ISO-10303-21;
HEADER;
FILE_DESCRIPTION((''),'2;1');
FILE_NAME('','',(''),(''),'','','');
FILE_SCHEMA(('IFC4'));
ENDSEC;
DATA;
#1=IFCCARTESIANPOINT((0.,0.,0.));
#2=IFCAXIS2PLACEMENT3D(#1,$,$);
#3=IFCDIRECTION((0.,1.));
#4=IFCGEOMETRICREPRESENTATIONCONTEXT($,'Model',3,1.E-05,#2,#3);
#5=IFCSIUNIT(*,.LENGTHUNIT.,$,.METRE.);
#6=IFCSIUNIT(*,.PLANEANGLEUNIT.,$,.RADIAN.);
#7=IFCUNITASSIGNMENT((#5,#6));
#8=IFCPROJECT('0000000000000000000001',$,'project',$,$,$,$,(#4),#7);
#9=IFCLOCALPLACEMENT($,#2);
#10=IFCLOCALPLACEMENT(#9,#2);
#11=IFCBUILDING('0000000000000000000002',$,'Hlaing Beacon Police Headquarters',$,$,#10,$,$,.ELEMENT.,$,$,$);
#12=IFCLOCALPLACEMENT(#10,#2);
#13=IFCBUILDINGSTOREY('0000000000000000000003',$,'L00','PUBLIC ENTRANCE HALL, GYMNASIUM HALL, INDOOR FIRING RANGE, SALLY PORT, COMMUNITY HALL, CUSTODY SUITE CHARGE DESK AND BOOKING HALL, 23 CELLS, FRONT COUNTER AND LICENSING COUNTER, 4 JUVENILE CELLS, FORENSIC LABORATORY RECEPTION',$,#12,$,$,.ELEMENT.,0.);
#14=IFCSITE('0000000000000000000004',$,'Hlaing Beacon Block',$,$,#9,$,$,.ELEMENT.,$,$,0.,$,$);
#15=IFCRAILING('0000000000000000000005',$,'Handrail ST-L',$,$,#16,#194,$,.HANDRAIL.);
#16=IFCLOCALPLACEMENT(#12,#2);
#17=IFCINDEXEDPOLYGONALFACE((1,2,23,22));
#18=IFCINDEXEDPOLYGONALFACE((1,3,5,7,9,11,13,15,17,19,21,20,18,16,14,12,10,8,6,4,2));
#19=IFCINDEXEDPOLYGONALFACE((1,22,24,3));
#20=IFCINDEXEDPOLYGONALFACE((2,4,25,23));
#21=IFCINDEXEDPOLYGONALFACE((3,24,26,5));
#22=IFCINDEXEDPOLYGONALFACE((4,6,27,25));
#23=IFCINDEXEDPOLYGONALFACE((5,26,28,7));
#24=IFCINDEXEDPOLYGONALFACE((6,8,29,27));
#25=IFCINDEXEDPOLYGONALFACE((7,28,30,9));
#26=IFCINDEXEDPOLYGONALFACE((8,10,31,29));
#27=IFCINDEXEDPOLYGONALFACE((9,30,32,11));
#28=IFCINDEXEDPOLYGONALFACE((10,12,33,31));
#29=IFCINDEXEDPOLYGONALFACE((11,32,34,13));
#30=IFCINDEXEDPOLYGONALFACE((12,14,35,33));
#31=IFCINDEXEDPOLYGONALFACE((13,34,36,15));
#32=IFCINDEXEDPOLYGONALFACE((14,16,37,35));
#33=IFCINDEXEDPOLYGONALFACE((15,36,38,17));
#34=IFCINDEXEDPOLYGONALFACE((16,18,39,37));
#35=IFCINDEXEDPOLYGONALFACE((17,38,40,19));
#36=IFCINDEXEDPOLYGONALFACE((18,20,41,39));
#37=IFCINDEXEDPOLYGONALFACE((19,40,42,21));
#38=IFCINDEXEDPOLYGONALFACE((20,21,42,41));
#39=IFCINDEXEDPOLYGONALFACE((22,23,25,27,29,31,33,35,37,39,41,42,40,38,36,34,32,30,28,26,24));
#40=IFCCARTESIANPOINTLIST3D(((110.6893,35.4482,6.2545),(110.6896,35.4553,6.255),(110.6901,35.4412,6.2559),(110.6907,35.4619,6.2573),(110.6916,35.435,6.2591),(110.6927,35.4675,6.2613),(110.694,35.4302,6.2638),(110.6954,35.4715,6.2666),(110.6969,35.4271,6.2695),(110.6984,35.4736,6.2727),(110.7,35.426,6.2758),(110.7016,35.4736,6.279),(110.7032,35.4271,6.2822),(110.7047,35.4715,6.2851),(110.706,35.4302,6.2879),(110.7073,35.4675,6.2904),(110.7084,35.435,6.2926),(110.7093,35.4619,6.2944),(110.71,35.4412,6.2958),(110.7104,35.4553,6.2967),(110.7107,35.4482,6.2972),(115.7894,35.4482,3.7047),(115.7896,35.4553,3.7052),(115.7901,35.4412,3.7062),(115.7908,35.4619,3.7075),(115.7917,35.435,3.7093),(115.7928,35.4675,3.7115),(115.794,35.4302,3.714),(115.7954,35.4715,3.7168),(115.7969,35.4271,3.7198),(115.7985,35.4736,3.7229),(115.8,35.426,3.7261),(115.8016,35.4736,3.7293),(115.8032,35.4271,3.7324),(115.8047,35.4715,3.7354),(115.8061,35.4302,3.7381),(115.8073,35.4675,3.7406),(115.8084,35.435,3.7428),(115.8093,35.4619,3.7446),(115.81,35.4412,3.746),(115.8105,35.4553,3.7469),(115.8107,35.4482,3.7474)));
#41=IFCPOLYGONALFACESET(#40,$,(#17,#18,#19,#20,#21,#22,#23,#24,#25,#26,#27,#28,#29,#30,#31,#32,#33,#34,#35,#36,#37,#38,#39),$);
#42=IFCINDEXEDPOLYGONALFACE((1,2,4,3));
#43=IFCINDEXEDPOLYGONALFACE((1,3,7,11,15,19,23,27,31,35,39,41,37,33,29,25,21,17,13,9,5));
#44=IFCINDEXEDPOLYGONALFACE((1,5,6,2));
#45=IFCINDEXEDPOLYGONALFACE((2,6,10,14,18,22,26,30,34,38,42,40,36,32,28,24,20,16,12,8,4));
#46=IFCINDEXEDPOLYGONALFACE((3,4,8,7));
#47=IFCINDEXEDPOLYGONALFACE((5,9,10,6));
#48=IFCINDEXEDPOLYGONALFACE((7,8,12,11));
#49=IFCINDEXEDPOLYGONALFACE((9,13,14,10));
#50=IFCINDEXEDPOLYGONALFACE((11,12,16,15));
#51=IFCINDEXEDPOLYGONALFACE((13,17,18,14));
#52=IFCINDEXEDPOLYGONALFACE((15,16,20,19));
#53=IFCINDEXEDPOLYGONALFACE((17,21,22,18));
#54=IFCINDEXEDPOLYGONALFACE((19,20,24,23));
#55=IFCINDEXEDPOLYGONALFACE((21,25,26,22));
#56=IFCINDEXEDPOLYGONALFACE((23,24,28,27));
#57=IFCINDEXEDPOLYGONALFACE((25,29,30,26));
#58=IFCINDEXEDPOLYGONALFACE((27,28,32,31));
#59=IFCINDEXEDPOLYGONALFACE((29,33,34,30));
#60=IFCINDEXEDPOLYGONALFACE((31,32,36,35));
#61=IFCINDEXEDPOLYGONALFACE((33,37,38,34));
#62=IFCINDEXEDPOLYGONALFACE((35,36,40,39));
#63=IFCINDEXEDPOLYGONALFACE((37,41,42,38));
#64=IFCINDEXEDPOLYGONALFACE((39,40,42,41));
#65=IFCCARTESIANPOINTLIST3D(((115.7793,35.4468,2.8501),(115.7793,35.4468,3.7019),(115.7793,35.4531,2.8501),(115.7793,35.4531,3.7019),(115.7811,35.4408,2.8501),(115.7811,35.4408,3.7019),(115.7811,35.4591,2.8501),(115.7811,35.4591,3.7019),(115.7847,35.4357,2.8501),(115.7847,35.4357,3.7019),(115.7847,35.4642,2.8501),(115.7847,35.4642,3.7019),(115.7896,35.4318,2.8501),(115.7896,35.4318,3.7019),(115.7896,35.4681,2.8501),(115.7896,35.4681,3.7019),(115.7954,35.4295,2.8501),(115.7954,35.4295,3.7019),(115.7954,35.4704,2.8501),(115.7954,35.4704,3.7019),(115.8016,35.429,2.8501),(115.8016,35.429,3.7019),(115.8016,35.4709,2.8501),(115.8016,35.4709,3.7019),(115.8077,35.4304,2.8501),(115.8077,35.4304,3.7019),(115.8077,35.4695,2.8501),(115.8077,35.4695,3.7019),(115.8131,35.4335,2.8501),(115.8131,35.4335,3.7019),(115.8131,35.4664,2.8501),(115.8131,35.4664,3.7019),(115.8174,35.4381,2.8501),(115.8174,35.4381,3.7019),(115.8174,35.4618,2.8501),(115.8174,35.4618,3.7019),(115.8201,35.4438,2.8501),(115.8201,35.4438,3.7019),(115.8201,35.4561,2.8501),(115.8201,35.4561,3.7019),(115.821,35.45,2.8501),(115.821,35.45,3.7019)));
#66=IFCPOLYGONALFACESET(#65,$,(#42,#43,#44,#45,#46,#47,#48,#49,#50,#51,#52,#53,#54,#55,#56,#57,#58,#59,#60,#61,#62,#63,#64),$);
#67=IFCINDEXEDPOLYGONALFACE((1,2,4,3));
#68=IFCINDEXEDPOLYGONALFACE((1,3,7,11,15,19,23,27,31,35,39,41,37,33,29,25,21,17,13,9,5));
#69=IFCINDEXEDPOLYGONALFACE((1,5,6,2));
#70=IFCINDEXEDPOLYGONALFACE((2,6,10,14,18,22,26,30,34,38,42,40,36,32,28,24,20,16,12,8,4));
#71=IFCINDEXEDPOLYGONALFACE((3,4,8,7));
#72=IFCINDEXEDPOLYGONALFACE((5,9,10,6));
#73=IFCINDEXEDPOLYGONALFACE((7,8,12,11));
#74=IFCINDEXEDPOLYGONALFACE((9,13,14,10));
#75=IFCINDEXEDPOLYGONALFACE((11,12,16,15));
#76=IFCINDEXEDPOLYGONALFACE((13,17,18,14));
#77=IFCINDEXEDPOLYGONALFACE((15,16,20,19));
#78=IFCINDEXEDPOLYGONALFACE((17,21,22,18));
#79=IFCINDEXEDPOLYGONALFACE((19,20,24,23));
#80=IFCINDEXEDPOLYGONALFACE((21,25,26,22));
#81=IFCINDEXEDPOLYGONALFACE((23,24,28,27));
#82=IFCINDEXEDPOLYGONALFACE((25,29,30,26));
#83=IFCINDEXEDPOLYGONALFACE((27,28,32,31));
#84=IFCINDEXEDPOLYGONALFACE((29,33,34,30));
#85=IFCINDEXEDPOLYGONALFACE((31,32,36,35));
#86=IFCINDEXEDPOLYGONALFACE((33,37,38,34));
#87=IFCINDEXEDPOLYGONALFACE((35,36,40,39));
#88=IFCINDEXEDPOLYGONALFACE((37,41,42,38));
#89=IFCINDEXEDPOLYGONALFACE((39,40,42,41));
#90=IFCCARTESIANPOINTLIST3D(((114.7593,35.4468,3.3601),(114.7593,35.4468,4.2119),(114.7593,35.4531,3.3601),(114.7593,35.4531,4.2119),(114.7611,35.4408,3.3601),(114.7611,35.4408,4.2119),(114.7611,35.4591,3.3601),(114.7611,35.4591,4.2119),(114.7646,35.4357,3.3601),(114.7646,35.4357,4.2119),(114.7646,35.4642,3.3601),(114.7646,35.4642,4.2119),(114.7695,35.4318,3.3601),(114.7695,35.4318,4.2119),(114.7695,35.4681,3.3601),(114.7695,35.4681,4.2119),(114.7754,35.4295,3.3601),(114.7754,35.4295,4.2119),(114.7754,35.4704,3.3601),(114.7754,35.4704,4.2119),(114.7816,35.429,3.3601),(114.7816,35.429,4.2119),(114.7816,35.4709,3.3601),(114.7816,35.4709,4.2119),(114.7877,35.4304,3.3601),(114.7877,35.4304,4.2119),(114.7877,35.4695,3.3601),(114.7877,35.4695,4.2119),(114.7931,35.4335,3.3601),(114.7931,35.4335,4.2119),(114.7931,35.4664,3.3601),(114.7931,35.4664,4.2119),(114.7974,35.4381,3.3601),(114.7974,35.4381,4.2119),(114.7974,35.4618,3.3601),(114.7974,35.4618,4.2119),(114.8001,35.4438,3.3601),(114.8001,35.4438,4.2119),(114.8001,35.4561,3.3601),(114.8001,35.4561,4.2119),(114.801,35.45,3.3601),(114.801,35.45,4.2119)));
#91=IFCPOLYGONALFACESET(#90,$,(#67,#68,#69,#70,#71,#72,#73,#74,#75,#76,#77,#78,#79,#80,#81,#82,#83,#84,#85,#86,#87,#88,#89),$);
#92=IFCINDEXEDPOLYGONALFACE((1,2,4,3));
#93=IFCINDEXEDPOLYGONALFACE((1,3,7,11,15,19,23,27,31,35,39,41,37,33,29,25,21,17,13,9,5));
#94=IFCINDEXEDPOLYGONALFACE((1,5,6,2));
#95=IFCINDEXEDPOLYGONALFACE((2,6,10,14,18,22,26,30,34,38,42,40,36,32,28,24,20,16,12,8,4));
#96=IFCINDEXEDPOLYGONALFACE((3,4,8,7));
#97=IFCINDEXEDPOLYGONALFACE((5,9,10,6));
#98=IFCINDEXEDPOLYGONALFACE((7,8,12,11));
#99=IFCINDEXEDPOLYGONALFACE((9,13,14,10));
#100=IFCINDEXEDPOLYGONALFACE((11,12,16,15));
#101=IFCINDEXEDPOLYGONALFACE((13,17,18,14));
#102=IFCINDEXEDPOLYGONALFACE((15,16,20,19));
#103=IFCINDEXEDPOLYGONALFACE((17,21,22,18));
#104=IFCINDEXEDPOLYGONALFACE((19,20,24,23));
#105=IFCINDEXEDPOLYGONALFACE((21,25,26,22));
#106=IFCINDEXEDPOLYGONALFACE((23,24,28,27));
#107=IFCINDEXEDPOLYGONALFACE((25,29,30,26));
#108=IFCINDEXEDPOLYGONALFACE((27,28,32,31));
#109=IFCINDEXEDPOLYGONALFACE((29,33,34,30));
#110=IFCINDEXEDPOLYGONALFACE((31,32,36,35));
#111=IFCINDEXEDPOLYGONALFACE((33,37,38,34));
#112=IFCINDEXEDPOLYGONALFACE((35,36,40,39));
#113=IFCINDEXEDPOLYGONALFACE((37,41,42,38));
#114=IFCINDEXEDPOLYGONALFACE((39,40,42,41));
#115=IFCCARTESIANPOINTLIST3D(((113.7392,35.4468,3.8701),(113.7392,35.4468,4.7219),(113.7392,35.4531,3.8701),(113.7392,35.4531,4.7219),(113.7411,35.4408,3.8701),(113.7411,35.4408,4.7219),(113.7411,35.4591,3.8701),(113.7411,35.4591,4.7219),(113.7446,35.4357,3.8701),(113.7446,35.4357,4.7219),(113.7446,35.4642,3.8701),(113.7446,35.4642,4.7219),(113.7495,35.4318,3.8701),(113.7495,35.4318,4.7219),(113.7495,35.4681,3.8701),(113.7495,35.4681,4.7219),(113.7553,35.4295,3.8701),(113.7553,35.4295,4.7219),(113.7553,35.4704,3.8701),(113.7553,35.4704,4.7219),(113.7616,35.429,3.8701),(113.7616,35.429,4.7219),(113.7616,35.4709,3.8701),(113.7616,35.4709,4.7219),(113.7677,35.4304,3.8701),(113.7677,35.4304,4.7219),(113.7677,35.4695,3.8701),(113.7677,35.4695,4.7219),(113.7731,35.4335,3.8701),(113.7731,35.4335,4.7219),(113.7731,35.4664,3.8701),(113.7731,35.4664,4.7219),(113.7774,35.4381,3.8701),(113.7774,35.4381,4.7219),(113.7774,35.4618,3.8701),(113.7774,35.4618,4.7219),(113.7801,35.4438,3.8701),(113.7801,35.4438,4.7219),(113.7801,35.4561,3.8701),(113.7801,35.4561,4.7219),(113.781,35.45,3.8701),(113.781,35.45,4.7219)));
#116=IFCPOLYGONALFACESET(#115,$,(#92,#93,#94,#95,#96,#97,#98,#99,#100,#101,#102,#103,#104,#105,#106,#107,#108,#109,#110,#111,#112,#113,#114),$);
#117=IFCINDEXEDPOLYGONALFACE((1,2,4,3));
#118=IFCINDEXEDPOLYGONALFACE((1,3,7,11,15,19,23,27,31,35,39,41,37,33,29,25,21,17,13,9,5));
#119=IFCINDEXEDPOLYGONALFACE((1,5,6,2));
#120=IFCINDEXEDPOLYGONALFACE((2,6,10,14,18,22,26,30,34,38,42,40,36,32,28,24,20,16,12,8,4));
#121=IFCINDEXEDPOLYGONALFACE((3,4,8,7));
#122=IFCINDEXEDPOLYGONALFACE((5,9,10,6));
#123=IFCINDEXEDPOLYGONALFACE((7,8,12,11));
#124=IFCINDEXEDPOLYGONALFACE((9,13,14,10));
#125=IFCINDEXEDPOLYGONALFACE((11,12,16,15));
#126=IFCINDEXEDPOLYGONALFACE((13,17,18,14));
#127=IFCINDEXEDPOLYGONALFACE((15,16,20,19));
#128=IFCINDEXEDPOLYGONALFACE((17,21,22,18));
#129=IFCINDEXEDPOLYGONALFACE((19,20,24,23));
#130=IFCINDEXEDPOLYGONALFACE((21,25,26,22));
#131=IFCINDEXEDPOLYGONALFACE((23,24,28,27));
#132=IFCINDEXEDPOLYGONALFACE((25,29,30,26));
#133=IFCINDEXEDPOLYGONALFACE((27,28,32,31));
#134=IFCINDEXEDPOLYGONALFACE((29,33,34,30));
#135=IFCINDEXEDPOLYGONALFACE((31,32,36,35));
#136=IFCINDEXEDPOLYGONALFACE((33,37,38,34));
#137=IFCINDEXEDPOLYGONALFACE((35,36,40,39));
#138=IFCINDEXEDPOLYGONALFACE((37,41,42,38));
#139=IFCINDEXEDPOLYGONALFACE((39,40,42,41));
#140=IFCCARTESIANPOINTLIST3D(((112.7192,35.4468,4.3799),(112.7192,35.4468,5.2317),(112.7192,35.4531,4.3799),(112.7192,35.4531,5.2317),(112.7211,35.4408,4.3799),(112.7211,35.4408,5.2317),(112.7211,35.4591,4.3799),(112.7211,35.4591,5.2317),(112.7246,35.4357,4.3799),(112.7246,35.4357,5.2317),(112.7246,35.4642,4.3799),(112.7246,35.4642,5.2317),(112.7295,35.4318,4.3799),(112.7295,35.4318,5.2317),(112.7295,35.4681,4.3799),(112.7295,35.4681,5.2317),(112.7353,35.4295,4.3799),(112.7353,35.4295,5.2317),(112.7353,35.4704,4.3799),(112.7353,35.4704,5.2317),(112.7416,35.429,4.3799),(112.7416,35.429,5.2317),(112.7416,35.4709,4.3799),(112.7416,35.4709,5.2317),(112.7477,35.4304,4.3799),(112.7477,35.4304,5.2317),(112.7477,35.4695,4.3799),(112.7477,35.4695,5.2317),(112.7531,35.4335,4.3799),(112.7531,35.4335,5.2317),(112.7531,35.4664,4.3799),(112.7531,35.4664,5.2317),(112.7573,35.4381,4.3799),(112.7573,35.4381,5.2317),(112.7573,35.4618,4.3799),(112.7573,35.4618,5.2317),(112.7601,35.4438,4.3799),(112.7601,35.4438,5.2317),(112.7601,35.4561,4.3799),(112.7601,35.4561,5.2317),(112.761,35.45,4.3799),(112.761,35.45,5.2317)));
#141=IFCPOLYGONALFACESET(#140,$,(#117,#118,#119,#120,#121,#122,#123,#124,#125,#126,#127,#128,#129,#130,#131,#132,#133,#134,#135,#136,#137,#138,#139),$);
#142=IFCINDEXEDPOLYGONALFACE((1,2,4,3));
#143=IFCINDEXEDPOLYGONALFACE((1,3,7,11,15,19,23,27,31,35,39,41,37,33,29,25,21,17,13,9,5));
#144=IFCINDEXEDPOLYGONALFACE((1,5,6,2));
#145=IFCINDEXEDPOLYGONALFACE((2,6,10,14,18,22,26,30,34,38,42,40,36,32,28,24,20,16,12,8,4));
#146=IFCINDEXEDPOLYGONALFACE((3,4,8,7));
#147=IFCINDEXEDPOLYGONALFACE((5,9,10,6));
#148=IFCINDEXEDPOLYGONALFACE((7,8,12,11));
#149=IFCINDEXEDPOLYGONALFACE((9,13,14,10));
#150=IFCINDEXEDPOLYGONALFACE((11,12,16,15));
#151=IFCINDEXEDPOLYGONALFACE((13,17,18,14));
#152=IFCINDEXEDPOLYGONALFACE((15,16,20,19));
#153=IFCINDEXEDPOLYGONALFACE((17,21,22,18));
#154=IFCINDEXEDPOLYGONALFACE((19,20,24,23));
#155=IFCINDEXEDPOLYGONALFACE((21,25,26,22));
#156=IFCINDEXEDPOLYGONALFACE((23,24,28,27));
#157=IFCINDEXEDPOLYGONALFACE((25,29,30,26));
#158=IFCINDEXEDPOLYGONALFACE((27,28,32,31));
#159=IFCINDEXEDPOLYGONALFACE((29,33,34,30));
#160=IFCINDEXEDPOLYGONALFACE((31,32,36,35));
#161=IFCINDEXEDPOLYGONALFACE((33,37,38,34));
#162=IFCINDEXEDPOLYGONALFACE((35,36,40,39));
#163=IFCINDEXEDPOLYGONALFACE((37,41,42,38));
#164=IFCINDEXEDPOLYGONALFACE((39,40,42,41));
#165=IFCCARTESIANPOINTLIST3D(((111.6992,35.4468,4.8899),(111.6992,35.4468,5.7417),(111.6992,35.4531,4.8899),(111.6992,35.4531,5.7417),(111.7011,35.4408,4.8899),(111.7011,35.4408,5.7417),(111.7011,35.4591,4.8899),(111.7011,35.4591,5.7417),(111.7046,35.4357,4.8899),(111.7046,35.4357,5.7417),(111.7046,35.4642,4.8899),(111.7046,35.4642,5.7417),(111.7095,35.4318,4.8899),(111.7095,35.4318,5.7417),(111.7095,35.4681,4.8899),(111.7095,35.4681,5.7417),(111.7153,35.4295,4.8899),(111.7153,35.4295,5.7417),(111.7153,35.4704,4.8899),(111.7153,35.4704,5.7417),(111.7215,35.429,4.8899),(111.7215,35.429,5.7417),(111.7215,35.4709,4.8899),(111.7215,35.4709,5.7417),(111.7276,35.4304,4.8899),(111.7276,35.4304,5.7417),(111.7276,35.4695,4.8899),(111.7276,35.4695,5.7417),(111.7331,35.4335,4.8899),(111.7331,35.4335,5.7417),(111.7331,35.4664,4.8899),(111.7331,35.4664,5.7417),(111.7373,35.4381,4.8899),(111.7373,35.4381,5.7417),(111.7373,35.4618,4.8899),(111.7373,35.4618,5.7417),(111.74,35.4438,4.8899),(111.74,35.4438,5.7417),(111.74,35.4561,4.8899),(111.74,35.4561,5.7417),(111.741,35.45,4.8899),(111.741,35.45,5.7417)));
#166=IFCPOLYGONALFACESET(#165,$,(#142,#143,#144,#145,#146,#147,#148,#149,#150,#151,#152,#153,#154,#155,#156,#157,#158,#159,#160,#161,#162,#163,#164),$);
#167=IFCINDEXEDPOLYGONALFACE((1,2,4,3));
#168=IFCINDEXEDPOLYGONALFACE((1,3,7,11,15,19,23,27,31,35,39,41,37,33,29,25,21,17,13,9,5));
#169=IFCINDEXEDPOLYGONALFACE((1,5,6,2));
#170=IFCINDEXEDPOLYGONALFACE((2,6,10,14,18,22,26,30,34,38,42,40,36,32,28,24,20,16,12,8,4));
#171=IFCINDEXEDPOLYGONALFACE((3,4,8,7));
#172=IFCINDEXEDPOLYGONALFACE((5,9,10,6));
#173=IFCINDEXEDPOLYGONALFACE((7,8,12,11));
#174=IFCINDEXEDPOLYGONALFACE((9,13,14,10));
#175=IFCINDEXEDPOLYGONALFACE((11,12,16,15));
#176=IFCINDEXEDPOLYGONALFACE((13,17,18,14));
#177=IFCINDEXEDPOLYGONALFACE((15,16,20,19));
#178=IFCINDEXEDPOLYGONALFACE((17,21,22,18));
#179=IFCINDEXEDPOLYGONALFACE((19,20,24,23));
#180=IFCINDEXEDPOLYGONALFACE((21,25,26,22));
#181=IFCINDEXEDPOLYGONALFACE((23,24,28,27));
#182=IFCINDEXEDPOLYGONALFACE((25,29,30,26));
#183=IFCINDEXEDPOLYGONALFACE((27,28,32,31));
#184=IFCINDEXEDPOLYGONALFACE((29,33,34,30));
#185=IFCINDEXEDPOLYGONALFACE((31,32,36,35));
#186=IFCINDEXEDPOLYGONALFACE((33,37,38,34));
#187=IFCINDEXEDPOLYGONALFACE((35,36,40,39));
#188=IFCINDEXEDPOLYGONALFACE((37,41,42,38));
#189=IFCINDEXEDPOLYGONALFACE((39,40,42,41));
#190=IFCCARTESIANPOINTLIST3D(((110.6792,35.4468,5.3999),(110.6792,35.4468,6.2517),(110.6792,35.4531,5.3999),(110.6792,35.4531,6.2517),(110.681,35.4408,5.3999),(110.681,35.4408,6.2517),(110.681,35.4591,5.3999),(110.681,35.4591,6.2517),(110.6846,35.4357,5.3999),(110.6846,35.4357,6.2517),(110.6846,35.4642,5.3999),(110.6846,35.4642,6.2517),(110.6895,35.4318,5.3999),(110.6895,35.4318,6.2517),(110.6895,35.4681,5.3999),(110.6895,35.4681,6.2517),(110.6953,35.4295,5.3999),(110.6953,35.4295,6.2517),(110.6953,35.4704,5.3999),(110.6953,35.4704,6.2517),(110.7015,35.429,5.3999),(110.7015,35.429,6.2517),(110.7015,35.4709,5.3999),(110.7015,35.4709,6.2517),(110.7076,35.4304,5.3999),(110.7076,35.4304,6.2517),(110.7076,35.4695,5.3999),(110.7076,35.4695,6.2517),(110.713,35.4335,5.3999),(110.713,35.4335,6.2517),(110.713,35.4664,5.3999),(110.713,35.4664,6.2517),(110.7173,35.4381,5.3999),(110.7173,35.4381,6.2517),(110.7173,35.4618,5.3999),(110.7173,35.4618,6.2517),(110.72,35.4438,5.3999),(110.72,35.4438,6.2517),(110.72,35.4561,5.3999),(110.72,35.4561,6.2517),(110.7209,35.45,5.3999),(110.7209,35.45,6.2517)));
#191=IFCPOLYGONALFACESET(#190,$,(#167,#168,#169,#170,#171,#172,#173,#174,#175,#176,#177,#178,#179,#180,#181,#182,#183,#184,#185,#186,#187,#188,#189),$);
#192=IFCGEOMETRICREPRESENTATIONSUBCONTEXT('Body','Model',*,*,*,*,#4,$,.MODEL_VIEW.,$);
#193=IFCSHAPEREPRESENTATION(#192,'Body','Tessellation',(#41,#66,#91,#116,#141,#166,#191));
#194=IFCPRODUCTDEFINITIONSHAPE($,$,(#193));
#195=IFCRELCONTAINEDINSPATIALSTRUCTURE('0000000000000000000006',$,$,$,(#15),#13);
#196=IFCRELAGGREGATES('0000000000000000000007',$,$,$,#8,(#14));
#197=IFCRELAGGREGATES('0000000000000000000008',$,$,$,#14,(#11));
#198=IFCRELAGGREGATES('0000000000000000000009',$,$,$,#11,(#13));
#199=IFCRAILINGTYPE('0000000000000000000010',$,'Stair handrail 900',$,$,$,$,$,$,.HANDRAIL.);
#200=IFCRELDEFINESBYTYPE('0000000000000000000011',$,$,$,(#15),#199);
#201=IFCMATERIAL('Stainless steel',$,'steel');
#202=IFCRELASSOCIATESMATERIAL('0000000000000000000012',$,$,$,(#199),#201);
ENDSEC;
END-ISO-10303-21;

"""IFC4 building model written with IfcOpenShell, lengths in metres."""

from ifc_helpers import new_model, si_unit, direction, frame, origin, origin_2d, place, context, subcontext, project, spatial, circle, extrude, material, type_object, element, save


model = new_model("IFC4")

# Units and contexts
model_context = context("Model", 3, precision=1e-05, world=origin(), true_north=direction((0.0, 1.0)))
body_context = subcontext(model_context, "Body", "Model", "MODEL_VIEW")
ifc_project = project(units=[si_unit("LENGTHUNIT", "METRE"), si_unit("PLANEANGLEUNIT", "RADIAN")], contexts=[model_context])

# Site, building, storey
site_placement = place(None, origin())
site = spatial("IfcSite", under=ifc_project, at=site_placement, Name="Hlaing Beacon Block", CompositionType="ELEMENT", RefElevation=0.0)
building_placement = place(site_placement, origin())
building = spatial("IfcBuilding", under=site, at=building_placement, Name="Hlaing Beacon Police Headquarters", CompositionType="ELEMENT")
storey_placement = place(building_placement, origin())
storey = spatial("IfcBuildingStorey", under=building, at=storey_placement, Name="L00", Description="PUBLIC ENTRANCE HALL, GYMNASIUM HALL, INDOOR FIRING RANGE, SALLY PORT, COMMUNITY HALL, CUSTODY SUITE CHARGE DESK AND BOOKING HALL, 23 CELLS, FRONT COUNTER AND LICENSING COUNTER, 4 JUVENILE CELLS, FORENSIC LABORATORY RECEPTION", CompositionType="ELEMENT", Elevation=0.0)

# Railing
ifc_material_1 = material(Name="Stainless steel", Category="steel")
railing_type = type_object("IfcRailingType", Name="Stair handrail 900", PredefinedType="HANDRAIL", material=ifc_material_1)
for number, where, name in (
    (1, (115.8, 35.45, 2.8501), "Handrail ST-L"),
):
    element("IfcRailing", number, at=place(storey_placement, frame(where)), inside=storey, type_object=railing_type, Name=name, PredefinedType="HANDRAIL", context=body_context, shape_type="SweptSolid", body=[
        extrude(circle(Radius=0.0239, at=origin_2d()), frame((0.0, 0.0, 0.876), z_axis=(-0.894444, 0.0, 0.447179), x_axis=(0.0, -1.0, 0.0)), (0.0, 0.0, 1.0), 5.7019),
        extrude(circle(Radius=0.021, at=origin_2d()), origin(), (0.0, 0.0, 1.0), 0.8518),
        extrude(circle(Radius=0.021, at=origin_2d()), frame((-1.02, 0.0, 0.51)), (0.0, 0.0, 1.0), 0.8518),
        extrude(circle(Radius=0.021, at=origin_2d()), frame((-2.04, 0.0, 1.02)), (0.0, 0.0, 1.0), 0.8518),
        extrude(circle(Radius=0.021, at=origin_2d()), frame((-3.0601, 0.0, 1.5298)), (0.0, 0.0, 1.0), 0.8518),
        extrude(circle(Radius=0.021, at=origin_2d()), frame((-4.0801, 0.0, 2.0398)), (0.0, 0.0, 1.0), 0.8518),
        extrude(circle(Radius=0.021, at=origin_2d()), frame((-5.1001, 0.0, 2.5498)), (0.0, 0.0, 1.0), 0.8518),
    ])

save(model, "model.ifc")
